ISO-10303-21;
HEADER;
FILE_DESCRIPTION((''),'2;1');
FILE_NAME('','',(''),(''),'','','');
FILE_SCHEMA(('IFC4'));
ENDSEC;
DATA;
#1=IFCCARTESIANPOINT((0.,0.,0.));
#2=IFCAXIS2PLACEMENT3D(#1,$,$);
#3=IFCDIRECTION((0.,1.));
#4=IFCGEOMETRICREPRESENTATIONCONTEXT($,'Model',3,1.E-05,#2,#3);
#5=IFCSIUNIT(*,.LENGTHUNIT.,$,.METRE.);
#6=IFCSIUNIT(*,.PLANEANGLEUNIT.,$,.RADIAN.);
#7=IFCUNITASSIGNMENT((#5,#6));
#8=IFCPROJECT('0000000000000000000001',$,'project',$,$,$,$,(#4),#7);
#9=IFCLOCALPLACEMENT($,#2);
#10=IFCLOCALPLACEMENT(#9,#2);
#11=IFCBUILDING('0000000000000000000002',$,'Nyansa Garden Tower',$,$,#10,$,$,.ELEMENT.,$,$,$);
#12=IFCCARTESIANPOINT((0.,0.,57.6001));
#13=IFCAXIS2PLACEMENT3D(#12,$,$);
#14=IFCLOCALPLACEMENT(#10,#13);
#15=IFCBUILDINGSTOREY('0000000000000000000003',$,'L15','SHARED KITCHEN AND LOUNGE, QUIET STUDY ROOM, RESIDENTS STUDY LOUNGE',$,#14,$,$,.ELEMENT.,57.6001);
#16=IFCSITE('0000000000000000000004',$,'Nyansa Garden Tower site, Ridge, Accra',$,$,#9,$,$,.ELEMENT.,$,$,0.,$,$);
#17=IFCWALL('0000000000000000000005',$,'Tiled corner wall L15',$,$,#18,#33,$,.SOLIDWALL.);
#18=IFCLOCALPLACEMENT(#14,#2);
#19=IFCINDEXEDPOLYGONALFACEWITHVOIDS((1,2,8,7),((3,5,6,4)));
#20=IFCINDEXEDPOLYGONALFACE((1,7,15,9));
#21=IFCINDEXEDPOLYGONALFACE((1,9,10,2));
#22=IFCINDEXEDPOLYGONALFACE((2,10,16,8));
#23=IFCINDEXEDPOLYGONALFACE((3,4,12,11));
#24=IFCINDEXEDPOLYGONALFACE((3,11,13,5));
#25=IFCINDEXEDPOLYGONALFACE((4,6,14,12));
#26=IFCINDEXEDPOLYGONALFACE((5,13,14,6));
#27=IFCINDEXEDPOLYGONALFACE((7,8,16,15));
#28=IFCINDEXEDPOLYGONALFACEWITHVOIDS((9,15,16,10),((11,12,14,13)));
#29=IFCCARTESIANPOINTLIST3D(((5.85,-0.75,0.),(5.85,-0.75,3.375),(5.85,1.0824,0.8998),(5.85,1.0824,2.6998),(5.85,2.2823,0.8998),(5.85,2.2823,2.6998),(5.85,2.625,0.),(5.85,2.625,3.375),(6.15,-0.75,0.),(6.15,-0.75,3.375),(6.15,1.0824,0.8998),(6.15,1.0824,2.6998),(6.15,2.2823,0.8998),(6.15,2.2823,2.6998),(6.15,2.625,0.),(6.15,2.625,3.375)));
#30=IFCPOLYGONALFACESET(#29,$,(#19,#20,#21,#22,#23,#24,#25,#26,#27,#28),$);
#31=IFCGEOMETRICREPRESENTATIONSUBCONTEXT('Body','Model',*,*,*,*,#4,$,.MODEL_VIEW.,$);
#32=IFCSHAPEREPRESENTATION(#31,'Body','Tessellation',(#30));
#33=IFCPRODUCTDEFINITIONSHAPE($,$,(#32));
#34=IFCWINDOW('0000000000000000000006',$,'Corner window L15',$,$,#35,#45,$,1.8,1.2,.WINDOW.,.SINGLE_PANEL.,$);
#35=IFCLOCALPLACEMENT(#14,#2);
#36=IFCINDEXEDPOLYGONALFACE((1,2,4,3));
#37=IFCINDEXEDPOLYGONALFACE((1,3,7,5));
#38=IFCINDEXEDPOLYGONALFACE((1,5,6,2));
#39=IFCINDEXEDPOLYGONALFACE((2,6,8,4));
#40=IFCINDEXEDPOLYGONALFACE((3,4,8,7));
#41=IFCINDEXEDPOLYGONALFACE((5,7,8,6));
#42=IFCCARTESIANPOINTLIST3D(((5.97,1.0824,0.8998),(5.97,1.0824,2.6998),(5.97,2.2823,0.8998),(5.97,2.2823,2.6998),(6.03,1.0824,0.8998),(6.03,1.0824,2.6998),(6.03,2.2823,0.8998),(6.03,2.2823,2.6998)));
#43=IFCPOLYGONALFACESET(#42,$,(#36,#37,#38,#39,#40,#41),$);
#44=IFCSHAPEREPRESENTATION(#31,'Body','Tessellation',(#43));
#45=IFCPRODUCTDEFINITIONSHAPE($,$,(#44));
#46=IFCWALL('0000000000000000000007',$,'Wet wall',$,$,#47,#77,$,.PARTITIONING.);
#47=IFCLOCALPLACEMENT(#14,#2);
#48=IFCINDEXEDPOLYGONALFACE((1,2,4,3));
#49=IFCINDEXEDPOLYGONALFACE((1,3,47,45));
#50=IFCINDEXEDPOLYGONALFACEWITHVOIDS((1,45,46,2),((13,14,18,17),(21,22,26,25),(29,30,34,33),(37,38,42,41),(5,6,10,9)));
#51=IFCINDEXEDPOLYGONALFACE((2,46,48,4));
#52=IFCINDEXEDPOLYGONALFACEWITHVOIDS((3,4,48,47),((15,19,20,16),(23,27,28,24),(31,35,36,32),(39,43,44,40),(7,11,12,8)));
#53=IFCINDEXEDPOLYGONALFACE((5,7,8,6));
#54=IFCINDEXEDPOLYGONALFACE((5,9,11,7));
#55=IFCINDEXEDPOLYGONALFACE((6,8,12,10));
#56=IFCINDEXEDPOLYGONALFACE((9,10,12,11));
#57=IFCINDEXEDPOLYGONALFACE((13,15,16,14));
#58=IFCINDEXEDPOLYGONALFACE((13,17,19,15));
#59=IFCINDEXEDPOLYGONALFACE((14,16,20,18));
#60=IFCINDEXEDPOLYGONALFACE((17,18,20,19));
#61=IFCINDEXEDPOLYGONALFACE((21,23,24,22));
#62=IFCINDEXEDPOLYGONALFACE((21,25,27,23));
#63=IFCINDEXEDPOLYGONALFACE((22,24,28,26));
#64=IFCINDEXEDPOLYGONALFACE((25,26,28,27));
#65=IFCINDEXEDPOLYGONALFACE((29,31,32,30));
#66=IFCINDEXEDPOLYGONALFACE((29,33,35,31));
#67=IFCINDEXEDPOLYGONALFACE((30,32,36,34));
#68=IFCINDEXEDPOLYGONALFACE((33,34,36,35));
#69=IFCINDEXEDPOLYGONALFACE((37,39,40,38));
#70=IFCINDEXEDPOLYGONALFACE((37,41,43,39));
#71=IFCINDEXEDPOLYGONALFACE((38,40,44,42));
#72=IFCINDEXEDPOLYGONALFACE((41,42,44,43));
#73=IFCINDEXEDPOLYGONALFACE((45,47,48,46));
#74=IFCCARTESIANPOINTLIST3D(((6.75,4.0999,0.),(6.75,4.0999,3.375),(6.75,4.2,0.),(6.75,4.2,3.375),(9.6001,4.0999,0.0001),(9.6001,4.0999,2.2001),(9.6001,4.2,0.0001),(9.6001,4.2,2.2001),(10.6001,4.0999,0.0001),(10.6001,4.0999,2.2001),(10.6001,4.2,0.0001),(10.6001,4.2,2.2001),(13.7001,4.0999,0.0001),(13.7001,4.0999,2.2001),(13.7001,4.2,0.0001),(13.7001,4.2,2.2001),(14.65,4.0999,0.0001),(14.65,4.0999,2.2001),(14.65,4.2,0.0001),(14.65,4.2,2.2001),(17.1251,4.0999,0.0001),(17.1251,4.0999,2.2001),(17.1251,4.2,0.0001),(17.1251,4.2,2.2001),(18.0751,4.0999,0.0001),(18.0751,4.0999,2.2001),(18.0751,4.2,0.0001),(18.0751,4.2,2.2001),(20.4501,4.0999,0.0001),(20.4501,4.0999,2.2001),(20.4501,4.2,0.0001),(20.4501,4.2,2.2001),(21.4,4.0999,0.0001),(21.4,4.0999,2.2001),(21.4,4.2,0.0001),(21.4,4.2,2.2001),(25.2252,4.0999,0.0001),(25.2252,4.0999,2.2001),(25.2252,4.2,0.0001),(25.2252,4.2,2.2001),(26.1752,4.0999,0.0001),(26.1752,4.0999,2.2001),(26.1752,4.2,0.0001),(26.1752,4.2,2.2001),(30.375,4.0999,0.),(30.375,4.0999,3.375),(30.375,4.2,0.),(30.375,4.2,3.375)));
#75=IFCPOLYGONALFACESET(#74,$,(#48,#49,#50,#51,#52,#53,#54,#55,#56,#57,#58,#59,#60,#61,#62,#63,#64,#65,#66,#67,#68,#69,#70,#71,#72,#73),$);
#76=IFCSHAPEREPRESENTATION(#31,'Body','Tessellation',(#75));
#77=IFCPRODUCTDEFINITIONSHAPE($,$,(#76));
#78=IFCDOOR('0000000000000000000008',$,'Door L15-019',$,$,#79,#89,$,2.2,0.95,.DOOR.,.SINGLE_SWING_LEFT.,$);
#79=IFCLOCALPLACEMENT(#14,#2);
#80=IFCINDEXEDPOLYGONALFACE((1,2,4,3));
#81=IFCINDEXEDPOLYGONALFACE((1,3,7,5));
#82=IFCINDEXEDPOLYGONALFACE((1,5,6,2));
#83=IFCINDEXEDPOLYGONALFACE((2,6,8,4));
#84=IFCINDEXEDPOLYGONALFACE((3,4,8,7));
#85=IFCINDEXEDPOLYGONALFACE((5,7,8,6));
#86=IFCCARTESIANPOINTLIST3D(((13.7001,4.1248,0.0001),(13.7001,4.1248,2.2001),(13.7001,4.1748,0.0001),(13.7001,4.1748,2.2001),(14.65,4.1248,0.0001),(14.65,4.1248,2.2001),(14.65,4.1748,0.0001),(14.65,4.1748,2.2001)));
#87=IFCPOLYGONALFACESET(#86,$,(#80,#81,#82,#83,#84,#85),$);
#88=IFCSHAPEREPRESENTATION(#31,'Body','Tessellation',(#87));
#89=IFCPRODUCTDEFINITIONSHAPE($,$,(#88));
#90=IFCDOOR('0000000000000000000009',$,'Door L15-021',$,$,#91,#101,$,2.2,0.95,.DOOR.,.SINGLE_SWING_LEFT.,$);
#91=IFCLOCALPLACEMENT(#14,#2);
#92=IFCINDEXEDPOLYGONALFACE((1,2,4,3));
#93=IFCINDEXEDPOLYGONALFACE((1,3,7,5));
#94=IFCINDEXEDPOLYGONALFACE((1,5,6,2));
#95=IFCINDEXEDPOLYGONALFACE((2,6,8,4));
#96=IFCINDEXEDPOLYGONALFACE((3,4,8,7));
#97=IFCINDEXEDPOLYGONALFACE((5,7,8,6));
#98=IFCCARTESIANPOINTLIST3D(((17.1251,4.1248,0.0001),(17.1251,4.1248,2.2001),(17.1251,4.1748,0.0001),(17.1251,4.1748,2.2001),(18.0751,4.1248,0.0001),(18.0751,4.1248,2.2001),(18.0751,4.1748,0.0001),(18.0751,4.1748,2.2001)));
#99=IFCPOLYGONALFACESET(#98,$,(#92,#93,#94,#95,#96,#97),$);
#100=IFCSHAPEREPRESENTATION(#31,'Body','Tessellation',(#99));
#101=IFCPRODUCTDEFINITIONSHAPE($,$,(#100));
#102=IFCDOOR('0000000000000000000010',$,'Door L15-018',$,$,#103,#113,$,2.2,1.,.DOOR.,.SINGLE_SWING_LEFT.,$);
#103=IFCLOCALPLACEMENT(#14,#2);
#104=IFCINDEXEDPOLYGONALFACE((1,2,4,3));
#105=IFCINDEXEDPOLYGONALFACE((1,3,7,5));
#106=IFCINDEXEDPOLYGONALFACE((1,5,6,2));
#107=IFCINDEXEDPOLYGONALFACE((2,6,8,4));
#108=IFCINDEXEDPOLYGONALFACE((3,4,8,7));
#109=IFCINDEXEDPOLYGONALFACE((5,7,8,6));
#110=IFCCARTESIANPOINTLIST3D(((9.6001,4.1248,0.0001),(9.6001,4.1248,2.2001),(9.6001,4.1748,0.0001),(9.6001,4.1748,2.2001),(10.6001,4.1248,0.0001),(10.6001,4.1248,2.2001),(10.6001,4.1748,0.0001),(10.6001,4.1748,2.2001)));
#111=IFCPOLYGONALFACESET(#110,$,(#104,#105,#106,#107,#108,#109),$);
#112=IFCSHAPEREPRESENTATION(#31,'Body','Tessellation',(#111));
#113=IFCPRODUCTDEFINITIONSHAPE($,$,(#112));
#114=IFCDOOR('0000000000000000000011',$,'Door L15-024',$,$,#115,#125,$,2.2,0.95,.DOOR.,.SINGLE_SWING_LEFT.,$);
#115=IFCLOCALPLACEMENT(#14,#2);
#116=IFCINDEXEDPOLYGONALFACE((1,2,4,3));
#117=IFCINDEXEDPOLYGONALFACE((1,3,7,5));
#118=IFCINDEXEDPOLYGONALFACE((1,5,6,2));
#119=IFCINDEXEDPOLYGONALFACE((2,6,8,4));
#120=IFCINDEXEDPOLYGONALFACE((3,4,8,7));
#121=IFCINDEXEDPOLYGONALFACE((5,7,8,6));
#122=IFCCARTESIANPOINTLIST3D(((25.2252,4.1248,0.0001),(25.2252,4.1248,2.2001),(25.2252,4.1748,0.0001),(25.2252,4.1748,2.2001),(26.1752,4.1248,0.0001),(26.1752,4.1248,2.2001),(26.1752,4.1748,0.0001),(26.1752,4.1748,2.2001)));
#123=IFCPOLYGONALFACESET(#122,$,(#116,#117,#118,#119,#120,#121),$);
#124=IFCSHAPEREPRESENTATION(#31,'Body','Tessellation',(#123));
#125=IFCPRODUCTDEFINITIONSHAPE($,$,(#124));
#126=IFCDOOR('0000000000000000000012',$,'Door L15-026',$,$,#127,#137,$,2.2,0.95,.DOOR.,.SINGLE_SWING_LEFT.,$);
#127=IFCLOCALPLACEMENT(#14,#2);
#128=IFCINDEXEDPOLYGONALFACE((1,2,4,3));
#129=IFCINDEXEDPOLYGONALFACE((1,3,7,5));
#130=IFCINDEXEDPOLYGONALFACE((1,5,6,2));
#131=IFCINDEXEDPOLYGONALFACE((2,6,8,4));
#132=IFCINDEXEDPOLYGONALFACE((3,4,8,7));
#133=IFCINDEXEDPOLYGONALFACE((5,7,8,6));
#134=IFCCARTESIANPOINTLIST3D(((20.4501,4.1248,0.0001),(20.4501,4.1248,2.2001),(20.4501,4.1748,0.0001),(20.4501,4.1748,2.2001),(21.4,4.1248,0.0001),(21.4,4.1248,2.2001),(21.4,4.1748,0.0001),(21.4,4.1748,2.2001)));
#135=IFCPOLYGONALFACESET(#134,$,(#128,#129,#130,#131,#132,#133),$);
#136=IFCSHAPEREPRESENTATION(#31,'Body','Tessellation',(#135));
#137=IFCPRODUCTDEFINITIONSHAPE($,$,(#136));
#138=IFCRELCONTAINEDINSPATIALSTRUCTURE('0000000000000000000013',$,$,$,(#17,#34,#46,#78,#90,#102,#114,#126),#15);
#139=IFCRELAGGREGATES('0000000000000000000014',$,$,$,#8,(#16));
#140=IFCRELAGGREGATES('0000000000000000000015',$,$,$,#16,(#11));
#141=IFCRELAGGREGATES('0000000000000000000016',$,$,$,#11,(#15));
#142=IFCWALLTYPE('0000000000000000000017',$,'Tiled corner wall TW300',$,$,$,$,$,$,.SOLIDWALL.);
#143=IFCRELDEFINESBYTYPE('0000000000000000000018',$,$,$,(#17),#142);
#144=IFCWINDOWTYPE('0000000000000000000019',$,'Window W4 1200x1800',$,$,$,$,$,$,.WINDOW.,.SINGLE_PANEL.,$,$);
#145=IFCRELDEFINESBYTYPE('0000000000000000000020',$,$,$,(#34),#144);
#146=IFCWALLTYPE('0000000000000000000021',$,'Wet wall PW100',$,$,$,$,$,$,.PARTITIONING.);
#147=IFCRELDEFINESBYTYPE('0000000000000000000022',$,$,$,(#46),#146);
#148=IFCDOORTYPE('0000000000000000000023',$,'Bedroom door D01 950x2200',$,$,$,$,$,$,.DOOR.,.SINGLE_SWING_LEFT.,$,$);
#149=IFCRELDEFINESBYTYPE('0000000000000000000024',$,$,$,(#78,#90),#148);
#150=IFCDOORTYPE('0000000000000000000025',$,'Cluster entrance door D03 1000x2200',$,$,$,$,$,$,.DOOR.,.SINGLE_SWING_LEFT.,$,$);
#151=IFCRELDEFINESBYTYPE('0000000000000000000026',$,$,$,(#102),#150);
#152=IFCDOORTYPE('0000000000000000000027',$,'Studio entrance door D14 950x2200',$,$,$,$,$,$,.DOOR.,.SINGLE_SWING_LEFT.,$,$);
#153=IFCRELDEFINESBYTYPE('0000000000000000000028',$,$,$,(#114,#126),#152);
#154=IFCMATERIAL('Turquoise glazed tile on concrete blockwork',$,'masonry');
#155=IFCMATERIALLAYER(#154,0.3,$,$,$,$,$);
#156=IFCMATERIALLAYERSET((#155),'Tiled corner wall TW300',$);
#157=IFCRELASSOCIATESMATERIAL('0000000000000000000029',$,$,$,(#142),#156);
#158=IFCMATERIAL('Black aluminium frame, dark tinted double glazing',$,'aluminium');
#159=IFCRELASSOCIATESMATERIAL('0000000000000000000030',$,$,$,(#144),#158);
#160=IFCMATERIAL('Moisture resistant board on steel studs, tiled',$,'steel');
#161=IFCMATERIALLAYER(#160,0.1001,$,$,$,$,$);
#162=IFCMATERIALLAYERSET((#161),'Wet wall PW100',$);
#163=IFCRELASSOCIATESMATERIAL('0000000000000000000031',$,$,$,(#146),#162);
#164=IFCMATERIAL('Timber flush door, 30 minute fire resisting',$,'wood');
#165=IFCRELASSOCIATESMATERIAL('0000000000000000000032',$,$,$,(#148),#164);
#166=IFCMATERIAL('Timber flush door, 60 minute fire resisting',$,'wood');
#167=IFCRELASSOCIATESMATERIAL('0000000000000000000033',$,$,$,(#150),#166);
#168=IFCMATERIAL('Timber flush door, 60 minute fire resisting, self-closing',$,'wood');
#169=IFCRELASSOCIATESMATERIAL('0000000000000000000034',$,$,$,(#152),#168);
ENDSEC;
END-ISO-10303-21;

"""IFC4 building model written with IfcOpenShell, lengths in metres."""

from ifc_helpers import new_model, si_unit, direction, frame, frame_2d, origin, place, context, subcontext, project, spatial, rectangle, extrude, material, layer, layer_set, type_object, element, fill, save


model = new_model("IFC4")

# Units and contexts
model_context = context("Model", 3, precision=1e-05, world=origin(), true_north=direction((0.0, 1.0)))
body_context = subcontext(model_context, "Body", "Model", "MODEL_VIEW")
ifc_project = project(units=[si_unit("LENGTHUNIT", "METRE"), si_unit("PLANEANGLEUNIT", "RADIAN")], contexts=[model_context])

# Site, building, storey
site_placement = place(None, origin())
site = spatial("IfcSite", under=ifc_project, at=site_placement, Name="Nyansa Garden Tower site, Ridge, Accra", CompositionType="ELEMENT", RefElevation=0.0)
building_placement = place(site_placement, origin())
building = spatial("IfcBuilding", under=site, at=building_placement, Name="Nyansa Garden Tower", CompositionType="ELEMENT")
storey_placement = place(building_placement, frame((0.0, 0.0, 57.6001)))
storey = spatial("IfcBuildingStorey", under=building, at=storey_placement, Name="L15", Description="SHARED KITCHEN AND LOUNGE, QUIET STUDY ROOM, RESIDENTS STUDY LOUNGE", CompositionType="ELEMENT", Elevation=57.6001)

# Wall, opening, window
ifc_material_1 = material(Name="Turquoise glazed tile on concrete blockwork", Category="masonry")
ifc_layer_1 = layer(ifc_material_1, 0.3)
ifc_layer_set_1 = layer_set([ifc_layer_1], Name="Tiled corner wall TW300")
wall_type_1 = type_object("IfcWallType", Name="Tiled corner wall TW300", PredefinedType="SOLIDWALL", material=ifc_layer_set_1)
wall_1_placement = place(storey_placement, frame((6.0, 2.625, 0.0), z_axis=(0.0, 0.0, 1.0), x_axis=(0.0, -1.0, 0.0)))
wall_1 = element("IfcWall", 1, at=wall_1_placement, inside=storey, type_object=wall_type_1, Name="Tiled corner wall L15", PredefinedType="SOLIDWALL", context=body_context, shape_type="SweptSolid", body=[
    extrude(rectangle(XDim=3.375, YDim=0.3, at=frame_2d((1.6875, 0.0))), origin(), (0.0, 0.0, 1.0), 3.375),
])
opening_1_placement = place(wall_1_placement, frame((0.3425, 0.0, 0.8999)))
opening_1 = element("IfcOpeningElement", 2, at=opening_1_placement, cuts=wall_1, PredefinedType="OPENING", context=body_context, shape_type="SweptSolid", body=[
    extrude(rectangle(XDim=1.2, YDim=1.8, at=frame_2d((0.6001, 0.8999))), frame((0.0, 0.1599, 0.0), z_axis=(0.0, -1.0, 0.0), x_axis=(1.0, 0.0, 0.0)), (0.0, 0.0, 1.0), 0.3201),
])
ifc_material_2 = material(Name="Black aluminium frame, dark tinted double glazing", Category="aluminium")
window_type_1 = type_object("IfcWindowType", Name="Window W4 1200x1800", PartitioningType="SINGLE_PANEL", PredefinedType="WINDOW", material=ifc_material_2)
window_1_placement = place(opening_1_placement, origin())
window_1 = element("IfcWindow", 3, at=window_1_placement, inside=storey, type_object=window_type_1, Name="Corner window L15", OverallHeight=1.8, OverallWidth=1.2, PartitioningType="SINGLE_PANEL", PredefinedType="WINDOW", context=body_context, shape_type="SweptSolid", body=[
    extrude(rectangle(XDim=1.2, YDim=1.8, at=frame_2d((0.6001, 0.8999))), frame((0.0, 0.03, 0.0), z_axis=(0.0, -1.0, 0.0), x_axis=(1.0, 0.0, 0.0)), (0.0, 0.0, 1.0), 0.0601),
])
fill(opening_1, window_1)

# Wall, openings, doors
ifc_material_3 = material(Name="Moisture resistant board on steel studs, tiled", Category="steel")
ifc_layer_2 = layer(ifc_material_3, 0.1001)
ifc_layer_set_2 = layer_set([ifc_layer_2], Name="Wet wall PW100")
wall_type_2 = type_object("IfcWallType", Name="Wet wall PW100", PredefinedType="PARTITIONING", material=ifc_layer_set_2)
wall_2_placement = place(storey_placement, frame((6.75, 4.1499, 0.0), z_axis=(0.0, 0.0, 1.0), x_axis=(1.0, 0.0, 0.0)))
wall_2 = element("IfcWall", 4, at=wall_2_placement, inside=storey, type_object=wall_type_2, Name="Wet wall", PredefinedType="PARTITIONING", context=body_context, shape_type="SweptSolid", body=[
    extrude(rectangle(XDim=23.625, YDim=0.1001, at=frame_2d((11.8125, 0.0))), origin(), (0.0, 0.0, 1.0), 3.375),
])
opening_2_placement = place(wall_2_placement, frame((2.8501, 0.0, 0.0)))
opening_2 = element("IfcOpeningElement", 5, at=opening_2_placement, cuts=wall_2, PredefinedType="OPENING", context=body_context, shape_type="SweptSolid", body=[
    extrude(rectangle(XDim=1.0, YDim=2.2, at=frame_2d((0.5, 1.1001))), frame((0.0, 0.0601, 0.0), z_axis=(0.0, -1.0, 0.0), x_axis=(1.0, 0.0, 0.0)), (0.0, 0.0, 1.0), 0.1201),
])
opening_3_placement = place(wall_2_placement, frame((6.95, 0.0, 0.0)))
opening_3 = element("IfcOpeningElement", 6, at=opening_3_placement, cuts=wall_2, PredefinedType="OPENING", context=body_context, shape_type="SweptSolid", body=[
    extrude(rectangle(XDim=0.95, YDim=2.2, at=frame_2d((0.4751, 1.1001))), frame((0.0, 0.0601, 0.0), z_axis=(0.0, -1.0, 0.0), x_axis=(1.0, 0.0, 0.0)), (0.0, 0.0, 1.0), 0.1201),
])
opening_4_placement = place(wall_2_placement, frame((10.375, 0.0, 0.0)))
opening_4 = element("IfcOpeningElement", 7, at=opening_4_placement, cuts=wall_2, PredefinedType="OPENING", context=body_context, shape_type="SweptSolid", body=[
    extrude(rectangle(XDim=0.95, YDim=2.2, at=frame_2d((0.4751, 1.1001))), frame((0.0, 0.0601, 0.0), z_axis=(0.0, -1.0, 0.0), x_axis=(1.0, 0.0, 0.0)), (0.0, 0.0, 1.0), 0.1201),
])
opening_5_placement = place(wall_2_placement, frame((18.4751, 0.0, 0.0)))
opening_5 = element("IfcOpeningElement", 8, at=opening_5_placement, cuts=wall_2, PredefinedType="OPENING", context=body_context, shape_type="SweptSolid", body=[
    extrude(rectangle(XDim=0.95, YDim=2.2, at=frame_2d((0.4751, 1.1001))), frame((0.0, 0.0601, 0.0), z_axis=(0.0, -1.0, 0.0), x_axis=(1.0, 0.0, 0.0)), (0.0, 0.0, 1.0), 0.1201),
])
opening_6_placement = place(wall_2_placement, frame((13.7, 0.0, 0.0)))
opening_6 = element("IfcOpeningElement", 9, at=opening_6_placement, cuts=wall_2, PredefinedType="OPENING", context=body_context, shape_type="SweptSolid", body=[
    extrude(rectangle(XDim=0.95, YDim=2.2, at=frame_2d((0.4751, 1.1001))), frame((0.0, 0.0601, 0.0), z_axis=(0.0, -1.0, 0.0), x_axis=(1.0, 0.0, 0.0)), (0.0, 0.0, 1.0), 0.1201),
])
ifc_material_4 = material(Name="Timber flush door, 30 minute fire resisting", Category="wood")
door_type_1 = type_object("IfcDoorType", Name="Bedroom door D01 950x2200", OperationType="SINGLE_SWING_LEFT", PredefinedType="DOOR", material=ifc_material_4)
door_1_placement = place(opening_3_placement, origin())
door_1 = element("IfcDoor", 10, at=door_1_placement, inside=storey, type_object=door_type_1, Name="Door L15-019", OperationType="SINGLE_SWING_LEFT", OverallHeight=2.2, OverallWidth=0.95, PredefinedType="DOOR", context=body_context, shape_type="SweptSolid", body=[
    extrude(rectangle(XDim=0.95, YDim=2.2, at=frame_2d((0.4751, 1.1001))), frame((0.0, 0.0249, 0.0), z_axis=(0.0, -1.0, 0.0), x_axis=(1.0, 0.0, 0.0)), (0.0, 0.0, 1.0), 0.05),
])
fill(opening_3, door_1)
door_2_placement = place(opening_4_placement, origin())
door_2 = element("IfcDoor", 11, at=door_2_placement, inside=storey, type_object=door_type_1, Name="Door L15-021", OperationType="SINGLE_SWING_LEFT", OverallHeight=2.2, OverallWidth=0.95, PredefinedType="DOOR", context=body_context, shape_type="SweptSolid", body=[
    extrude(rectangle(XDim=0.95, YDim=2.2, at=frame_2d((0.4751, 1.1001))), frame((0.0, 0.0249, 0.0), z_axis=(0.0, -1.0, 0.0), x_axis=(1.0, 0.0, 0.0)), (0.0, 0.0, 1.0), 0.05),
])
fill(opening_4, door_2)
ifc_material_5 = material(Name="Timber flush door, 60 minute fire resisting", Category="wood")
door_type_2 = type_object("IfcDoorType", Name="Cluster entrance door D03 1000x2200", OperationType="SINGLE_SWING_LEFT", PredefinedType="DOOR", material=ifc_material_5)
door_3_placement = place(opening_2_placement, origin())
door_3 = element("IfcDoor", 12, at=door_3_placement, inside=storey, type_object=door_type_2, Name="Door L15-018", OperationType="SINGLE_SWING_LEFT", OverallHeight=2.2, OverallWidth=1.0, PredefinedType="DOOR", context=body_context, shape_type="SweptSolid", body=[
    extrude(rectangle(XDim=1.0, YDim=2.2, at=frame_2d((0.5, 1.1001))), frame((0.0, 0.0249, 0.0), z_axis=(0.0, -1.0, 0.0), x_axis=(1.0, 0.0, 0.0)), (0.0, 0.0, 1.0), 0.05),
])
fill(opening_2, door_3)
ifc_material_6 = material(Name="Timber flush door, 60 minute fire resisting, self-closing", Category="wood")
door_type_3 = type_object("IfcDoorType", Name="Studio entrance door D14 950x2200", OperationType="SINGLE_SWING_LEFT", PredefinedType="DOOR", material=ifc_material_6)
door_4_placement = place(opening_5_placement, origin())
door_4 = element("IfcDoor", 13, at=door_4_placement, inside=storey, type_object=door_type_3, Name="Door L15-024", OperationType="SINGLE_SWING_LEFT", OverallHeight=2.2, OverallWidth=0.95, PredefinedType="DOOR", context=body_context, shape_type="SweptSolid", body=[
    extrude(rectangle(XDim=0.95, YDim=2.2, at=frame_2d((0.4751, 1.1001))), frame((0.0, 0.0249, 0.0), z_axis=(0.0, -1.0, 0.0), x_axis=(1.0, 0.0, 0.0)), (0.0, 0.0, 1.0), 0.05),
])
fill(opening_5, door_4)
door_5_placement = place(opening_6_placement, origin())
door_5 = element("IfcDoor", 14, at=door_5_placement, inside=storey, type_object=door_type_3, Name="Door L15-026", OperationType="SINGLE_SWING_LEFT", OverallHeight=2.2, OverallWidth=0.95, PredefinedType="DOOR", context=body_context, shape_type="SweptSolid", body=[
    extrude(rectangle(XDim=0.95, YDim=2.2, at=frame_2d((0.4751, 1.1001))), frame((0.0, 0.0249, 0.0), z_axis=(0.0, -1.0, 0.0), x_axis=(1.0, 0.0, 0.0)), (0.0, 0.0, 1.0), 0.05),
])
fill(opening_6, door_5)

save(model, "model.ifc")
